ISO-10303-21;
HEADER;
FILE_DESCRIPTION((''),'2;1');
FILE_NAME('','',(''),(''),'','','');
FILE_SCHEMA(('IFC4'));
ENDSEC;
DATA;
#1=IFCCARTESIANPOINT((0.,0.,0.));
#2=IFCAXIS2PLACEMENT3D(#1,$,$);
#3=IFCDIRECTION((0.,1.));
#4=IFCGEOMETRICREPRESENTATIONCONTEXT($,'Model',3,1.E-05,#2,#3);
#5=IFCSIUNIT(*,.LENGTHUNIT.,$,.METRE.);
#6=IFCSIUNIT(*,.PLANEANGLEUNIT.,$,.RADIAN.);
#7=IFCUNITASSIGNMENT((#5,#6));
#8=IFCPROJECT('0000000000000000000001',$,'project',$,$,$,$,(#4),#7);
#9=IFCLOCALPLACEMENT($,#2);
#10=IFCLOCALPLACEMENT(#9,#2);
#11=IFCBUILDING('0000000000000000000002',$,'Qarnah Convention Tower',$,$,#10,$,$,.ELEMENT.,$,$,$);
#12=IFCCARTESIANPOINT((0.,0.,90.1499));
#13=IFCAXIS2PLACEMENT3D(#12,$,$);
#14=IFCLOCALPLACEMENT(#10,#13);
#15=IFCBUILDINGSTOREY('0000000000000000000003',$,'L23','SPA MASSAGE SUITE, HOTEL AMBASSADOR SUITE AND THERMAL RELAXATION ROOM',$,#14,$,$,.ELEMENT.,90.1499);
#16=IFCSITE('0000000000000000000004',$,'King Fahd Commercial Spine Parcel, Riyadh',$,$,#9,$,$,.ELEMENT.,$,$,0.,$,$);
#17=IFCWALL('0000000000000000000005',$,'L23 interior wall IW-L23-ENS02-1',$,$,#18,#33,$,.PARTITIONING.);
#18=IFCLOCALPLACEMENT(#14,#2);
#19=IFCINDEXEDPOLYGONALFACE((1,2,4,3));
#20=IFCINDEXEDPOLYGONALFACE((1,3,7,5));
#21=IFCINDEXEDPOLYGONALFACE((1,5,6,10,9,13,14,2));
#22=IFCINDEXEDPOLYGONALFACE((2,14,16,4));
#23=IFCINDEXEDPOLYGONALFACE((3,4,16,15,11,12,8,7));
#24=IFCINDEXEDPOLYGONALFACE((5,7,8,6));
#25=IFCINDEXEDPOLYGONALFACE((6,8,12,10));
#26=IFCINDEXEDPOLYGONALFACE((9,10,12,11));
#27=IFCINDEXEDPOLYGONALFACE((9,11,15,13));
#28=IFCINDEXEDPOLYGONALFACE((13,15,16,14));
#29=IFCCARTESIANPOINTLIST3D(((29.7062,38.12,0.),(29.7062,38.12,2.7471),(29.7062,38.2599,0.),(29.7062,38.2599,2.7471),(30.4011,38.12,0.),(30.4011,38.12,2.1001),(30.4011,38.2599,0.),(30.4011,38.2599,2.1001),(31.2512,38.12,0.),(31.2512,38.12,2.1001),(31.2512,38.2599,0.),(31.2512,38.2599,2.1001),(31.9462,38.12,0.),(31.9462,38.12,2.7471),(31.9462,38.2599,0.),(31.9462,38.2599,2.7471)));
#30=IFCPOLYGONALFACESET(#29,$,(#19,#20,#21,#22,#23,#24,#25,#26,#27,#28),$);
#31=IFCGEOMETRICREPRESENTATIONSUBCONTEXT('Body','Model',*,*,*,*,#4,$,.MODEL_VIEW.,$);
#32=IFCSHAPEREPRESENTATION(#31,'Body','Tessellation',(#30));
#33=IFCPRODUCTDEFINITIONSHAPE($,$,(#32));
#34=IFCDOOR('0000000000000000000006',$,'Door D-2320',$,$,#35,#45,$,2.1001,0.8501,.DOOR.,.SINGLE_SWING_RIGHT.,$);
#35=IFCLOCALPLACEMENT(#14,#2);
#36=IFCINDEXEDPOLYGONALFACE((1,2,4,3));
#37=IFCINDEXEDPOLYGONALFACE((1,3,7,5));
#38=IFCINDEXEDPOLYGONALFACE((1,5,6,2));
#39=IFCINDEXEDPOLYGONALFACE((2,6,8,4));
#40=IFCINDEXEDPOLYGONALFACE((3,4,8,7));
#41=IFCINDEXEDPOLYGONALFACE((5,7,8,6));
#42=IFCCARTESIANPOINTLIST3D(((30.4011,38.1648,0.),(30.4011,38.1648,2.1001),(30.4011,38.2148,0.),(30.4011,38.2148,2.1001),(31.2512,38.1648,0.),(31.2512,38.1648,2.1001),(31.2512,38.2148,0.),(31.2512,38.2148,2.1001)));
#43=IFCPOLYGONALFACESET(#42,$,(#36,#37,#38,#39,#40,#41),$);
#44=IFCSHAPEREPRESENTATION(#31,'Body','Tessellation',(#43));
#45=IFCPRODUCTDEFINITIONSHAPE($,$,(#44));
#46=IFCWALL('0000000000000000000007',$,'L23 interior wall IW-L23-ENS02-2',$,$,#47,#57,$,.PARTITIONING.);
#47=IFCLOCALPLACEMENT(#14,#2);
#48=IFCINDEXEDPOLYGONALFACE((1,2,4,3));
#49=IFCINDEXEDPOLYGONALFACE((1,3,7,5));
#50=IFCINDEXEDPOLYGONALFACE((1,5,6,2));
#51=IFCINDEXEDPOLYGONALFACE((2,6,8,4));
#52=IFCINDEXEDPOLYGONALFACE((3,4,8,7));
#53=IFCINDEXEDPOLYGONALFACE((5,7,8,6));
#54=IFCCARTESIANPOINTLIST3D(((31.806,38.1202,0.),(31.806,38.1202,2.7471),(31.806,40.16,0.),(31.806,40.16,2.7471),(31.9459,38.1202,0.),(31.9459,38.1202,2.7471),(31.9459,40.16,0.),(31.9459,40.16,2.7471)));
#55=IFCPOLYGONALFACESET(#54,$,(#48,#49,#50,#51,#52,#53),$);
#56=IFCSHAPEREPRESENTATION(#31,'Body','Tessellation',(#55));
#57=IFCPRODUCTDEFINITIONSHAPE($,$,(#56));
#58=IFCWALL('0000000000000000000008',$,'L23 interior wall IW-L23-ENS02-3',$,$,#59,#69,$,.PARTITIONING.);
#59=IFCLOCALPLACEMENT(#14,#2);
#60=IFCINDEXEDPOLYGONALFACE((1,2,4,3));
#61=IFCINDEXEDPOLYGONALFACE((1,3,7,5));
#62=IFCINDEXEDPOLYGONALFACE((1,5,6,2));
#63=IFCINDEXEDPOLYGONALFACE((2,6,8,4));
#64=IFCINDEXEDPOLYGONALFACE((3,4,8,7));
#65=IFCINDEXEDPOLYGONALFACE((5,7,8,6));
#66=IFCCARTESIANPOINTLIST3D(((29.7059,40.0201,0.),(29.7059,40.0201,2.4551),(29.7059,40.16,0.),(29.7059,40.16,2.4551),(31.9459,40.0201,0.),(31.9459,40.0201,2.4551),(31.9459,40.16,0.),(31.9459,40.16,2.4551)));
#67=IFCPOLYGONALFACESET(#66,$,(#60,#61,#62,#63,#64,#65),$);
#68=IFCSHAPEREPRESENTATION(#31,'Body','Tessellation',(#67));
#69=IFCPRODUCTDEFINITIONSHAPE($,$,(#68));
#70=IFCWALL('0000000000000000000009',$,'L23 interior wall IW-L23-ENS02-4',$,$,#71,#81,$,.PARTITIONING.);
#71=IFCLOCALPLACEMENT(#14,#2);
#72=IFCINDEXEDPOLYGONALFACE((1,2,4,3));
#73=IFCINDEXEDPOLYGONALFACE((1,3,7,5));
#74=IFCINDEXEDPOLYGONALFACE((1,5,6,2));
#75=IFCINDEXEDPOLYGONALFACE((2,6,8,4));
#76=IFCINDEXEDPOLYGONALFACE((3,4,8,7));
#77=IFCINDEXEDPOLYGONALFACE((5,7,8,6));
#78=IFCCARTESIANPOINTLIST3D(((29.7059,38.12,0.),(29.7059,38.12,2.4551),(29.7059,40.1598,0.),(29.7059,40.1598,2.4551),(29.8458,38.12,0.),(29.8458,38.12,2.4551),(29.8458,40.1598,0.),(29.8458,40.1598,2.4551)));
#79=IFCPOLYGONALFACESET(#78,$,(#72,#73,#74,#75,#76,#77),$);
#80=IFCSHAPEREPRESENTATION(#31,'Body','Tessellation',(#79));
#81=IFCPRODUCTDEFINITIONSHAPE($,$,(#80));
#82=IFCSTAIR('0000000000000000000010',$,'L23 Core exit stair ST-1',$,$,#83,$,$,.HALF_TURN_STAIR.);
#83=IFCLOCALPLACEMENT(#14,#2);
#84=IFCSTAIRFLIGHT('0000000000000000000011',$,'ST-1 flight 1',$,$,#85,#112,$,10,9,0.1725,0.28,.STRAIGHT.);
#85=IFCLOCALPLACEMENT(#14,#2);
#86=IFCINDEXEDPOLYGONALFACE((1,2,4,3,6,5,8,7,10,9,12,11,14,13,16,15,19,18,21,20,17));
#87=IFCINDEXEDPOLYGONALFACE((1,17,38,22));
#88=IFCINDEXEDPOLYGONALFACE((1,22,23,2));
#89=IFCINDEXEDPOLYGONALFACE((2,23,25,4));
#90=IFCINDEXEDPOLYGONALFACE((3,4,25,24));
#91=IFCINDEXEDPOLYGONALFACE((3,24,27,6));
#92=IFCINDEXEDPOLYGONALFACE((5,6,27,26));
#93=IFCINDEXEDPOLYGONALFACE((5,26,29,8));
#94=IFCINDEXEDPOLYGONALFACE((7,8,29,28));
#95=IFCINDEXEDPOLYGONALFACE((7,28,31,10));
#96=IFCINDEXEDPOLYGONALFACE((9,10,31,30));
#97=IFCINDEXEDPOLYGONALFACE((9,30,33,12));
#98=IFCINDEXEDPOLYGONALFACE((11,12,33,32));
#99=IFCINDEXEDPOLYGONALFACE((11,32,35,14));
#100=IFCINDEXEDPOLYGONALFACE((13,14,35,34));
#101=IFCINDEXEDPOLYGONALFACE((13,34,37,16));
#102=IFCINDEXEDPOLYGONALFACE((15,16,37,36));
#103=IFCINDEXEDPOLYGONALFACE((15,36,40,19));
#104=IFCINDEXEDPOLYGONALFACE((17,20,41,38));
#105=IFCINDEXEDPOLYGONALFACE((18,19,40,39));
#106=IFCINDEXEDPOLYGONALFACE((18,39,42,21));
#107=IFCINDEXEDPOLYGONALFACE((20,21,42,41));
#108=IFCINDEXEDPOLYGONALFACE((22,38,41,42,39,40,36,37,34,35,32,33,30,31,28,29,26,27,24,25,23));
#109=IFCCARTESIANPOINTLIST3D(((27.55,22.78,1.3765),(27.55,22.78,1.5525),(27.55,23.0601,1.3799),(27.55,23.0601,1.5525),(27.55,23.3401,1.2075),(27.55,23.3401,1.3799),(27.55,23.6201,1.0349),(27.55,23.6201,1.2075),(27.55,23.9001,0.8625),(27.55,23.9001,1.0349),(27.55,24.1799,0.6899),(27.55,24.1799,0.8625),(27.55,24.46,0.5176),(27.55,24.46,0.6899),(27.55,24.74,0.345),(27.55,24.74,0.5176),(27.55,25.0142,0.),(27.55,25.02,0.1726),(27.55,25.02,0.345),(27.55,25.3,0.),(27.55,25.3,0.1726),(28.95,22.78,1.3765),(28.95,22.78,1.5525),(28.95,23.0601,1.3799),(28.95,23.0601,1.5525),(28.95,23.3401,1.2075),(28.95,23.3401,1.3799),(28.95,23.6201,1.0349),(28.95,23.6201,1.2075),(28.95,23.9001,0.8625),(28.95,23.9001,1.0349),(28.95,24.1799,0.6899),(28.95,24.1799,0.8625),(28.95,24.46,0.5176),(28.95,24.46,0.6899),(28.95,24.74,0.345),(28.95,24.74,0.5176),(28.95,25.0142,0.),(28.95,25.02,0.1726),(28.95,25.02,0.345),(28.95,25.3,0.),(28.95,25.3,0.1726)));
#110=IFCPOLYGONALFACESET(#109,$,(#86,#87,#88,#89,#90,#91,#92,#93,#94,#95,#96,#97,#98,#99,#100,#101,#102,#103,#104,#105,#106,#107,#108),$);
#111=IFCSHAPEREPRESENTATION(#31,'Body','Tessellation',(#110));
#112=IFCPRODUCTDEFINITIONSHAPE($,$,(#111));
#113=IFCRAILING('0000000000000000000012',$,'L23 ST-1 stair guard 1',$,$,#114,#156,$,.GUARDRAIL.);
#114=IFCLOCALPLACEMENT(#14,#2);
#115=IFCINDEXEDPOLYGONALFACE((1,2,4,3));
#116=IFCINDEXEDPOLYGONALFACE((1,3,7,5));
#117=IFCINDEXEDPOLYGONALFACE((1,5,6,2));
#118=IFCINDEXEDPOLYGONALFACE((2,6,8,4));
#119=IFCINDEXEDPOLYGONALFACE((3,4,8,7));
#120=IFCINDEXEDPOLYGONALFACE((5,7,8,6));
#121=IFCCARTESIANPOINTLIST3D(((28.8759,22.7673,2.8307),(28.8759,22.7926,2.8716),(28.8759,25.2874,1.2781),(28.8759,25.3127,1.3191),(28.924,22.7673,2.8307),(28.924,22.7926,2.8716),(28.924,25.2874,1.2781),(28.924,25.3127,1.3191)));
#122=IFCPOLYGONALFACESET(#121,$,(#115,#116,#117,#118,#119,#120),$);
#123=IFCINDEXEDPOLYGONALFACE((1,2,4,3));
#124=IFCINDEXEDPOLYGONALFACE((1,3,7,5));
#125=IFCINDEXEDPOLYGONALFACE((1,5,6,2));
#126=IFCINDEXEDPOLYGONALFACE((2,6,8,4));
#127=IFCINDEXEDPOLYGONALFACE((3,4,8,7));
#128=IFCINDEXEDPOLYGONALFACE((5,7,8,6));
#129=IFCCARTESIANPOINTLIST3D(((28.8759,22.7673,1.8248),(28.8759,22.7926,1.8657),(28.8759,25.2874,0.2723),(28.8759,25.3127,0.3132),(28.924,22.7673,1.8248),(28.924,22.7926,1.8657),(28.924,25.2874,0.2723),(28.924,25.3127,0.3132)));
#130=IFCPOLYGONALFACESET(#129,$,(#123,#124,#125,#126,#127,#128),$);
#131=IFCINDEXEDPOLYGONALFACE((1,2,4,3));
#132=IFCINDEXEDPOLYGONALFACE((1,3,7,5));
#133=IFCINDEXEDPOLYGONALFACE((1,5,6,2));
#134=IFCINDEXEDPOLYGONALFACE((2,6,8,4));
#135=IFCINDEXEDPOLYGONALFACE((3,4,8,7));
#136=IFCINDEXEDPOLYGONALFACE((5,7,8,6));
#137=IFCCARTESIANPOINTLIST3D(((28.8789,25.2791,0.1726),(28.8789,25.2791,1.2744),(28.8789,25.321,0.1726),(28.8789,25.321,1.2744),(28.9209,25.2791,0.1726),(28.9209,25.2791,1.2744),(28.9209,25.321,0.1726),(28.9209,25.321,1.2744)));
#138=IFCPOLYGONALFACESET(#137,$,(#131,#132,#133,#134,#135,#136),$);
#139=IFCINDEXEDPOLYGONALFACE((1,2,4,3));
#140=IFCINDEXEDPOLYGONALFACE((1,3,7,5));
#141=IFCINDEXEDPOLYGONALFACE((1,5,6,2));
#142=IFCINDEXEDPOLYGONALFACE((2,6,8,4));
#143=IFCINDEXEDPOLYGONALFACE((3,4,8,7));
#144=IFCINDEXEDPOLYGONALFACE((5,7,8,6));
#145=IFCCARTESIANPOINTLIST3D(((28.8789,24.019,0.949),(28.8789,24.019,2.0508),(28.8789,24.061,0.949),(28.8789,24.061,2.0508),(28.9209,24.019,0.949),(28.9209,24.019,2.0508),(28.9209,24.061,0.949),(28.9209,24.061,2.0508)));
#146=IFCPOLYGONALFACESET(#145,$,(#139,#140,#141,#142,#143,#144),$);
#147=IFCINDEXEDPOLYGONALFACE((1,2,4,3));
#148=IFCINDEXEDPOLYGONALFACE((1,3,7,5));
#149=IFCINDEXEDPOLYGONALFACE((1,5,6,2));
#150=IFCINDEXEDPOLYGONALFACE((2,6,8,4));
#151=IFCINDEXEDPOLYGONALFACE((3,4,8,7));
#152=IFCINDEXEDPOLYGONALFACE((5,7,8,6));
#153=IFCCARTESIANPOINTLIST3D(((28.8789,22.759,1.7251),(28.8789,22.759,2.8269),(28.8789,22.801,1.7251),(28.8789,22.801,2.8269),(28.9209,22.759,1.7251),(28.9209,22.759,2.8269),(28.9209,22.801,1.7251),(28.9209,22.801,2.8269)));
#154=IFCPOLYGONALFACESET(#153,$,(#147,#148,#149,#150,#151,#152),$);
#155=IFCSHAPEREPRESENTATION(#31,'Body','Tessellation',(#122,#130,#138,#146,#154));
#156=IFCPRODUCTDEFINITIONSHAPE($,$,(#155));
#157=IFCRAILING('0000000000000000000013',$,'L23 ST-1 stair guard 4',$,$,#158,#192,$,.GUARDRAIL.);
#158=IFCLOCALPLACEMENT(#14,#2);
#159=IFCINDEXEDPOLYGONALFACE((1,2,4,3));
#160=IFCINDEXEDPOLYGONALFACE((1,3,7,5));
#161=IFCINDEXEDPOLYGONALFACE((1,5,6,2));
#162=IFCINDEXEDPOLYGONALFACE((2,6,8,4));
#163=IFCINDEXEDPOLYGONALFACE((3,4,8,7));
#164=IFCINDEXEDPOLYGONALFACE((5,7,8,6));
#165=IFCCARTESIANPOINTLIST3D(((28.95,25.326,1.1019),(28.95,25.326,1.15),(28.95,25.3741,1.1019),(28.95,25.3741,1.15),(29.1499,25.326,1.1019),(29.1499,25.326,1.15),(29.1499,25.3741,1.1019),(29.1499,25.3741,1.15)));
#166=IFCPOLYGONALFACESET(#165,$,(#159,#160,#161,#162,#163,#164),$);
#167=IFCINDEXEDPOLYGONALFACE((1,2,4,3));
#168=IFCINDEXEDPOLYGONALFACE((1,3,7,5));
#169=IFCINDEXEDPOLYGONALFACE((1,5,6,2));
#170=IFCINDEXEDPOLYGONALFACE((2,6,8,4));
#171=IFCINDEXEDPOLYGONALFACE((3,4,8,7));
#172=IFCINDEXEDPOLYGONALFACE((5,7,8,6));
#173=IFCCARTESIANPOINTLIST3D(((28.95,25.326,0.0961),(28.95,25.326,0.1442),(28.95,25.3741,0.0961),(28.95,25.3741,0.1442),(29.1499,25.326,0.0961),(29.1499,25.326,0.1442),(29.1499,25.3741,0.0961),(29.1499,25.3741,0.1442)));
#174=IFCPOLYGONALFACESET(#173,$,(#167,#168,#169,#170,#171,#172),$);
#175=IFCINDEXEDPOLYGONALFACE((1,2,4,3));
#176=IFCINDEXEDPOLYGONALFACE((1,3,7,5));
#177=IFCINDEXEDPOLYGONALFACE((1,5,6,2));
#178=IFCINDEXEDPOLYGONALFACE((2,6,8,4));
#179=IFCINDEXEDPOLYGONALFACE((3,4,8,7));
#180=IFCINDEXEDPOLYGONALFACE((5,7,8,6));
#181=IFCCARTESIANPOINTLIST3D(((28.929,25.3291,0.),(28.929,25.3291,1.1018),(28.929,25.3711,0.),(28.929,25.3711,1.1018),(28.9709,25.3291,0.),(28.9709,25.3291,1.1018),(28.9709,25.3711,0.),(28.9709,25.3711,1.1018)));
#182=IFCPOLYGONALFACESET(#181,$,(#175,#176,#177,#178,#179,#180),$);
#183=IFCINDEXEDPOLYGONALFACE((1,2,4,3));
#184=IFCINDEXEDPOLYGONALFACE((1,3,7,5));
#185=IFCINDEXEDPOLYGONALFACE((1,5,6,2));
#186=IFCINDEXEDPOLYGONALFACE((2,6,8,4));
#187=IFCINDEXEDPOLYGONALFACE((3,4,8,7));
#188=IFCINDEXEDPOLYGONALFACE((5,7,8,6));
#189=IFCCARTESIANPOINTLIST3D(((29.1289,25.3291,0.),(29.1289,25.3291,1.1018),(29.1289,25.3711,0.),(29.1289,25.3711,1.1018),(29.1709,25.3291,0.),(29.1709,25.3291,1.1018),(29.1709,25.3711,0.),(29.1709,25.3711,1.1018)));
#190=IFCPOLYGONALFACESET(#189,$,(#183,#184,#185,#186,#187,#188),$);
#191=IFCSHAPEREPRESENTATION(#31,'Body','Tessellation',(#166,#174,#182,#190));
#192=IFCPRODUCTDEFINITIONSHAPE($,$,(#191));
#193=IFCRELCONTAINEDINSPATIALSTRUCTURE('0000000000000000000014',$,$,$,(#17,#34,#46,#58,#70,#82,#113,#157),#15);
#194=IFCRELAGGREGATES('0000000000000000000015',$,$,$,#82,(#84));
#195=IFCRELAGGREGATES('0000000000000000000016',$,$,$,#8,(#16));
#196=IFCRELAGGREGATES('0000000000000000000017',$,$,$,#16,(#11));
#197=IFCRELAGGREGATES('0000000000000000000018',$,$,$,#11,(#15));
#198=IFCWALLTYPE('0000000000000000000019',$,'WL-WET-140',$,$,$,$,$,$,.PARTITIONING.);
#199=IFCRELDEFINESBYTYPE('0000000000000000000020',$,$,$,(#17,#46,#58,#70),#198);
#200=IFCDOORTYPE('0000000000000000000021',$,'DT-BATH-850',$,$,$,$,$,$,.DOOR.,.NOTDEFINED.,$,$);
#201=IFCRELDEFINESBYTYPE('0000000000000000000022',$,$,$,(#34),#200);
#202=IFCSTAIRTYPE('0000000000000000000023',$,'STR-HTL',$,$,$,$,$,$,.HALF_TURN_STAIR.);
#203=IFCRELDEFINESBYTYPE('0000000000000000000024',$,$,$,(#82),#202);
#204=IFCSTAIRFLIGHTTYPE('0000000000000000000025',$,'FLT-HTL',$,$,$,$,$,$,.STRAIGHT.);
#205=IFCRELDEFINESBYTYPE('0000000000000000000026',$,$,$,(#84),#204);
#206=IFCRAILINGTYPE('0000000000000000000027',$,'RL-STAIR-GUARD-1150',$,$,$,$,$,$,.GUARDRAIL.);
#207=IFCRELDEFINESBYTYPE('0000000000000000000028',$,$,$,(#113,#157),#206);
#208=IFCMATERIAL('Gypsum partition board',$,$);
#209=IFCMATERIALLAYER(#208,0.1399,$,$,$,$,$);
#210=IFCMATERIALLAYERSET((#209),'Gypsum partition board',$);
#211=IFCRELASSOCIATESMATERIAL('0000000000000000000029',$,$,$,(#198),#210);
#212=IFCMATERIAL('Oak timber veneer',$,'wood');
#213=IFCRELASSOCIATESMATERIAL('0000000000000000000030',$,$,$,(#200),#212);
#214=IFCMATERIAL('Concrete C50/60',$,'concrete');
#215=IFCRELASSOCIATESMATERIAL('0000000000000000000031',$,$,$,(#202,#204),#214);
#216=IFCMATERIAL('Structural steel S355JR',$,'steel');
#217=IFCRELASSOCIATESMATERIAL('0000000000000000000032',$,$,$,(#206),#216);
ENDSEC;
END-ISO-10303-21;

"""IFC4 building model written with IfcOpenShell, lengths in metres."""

from ifc_helpers import new_model, si_unit, direction, frame, frame_2d, origin, origin_2d, place, context, subcontext, project, spatial, polyline, rectangle, outline, extrude, material, layer, layer_set, type_object, element, fill, aggregate, save


model = new_model("IFC4")

# Units and contexts
model_context = context("Model", 3, precision=1e-05, world=origin(), true_north=direction((0.0, 1.0)))
body_context = subcontext(model_context, "Body", "Model", "MODEL_VIEW")
ifc_project = project(units=[si_unit("LENGTHUNIT", "METRE"), si_unit("PLANEANGLEUNIT", "RADIAN")], contexts=[model_context])

# Site, building, storey
site_placement = place(None, origin())
site = spatial("IfcSite", under=ifc_project, at=site_placement, Name="King Fahd Commercial Spine Parcel, Riyadh", CompositionType="ELEMENT", RefElevation=0.0)
building_placement = place(site_placement, origin())
building = spatial("IfcBuilding", under=site, at=building_placement, Name="Qarnah Convention Tower", CompositionType="ELEMENT")
storey_placement = place(building_placement, frame((0.0, 0.0, 90.1499)))
storey = spatial("IfcBuildingStorey", under=building, at=storey_placement, Name="L23", Description="SPA MASSAGE SUITE, HOTEL AMBASSADOR SUITE AND THERMAL RELAXATION ROOM", CompositionType="ELEMENT", Elevation=90.1499)

# Shared definitions
ifc_material_1 = material(Name="Structural steel S355JR", Category="steel")

# Shared definitions
ifc_material_2 = material(Name="Gypsum partition board")
ifc_material_3 = material(Name="Oak timber veneer", Category="wood")

# Wall, opening, door
ifc_layer_1 = layer(ifc_material_2, 0.1399)
ifc_layer_set_1 = layer_set([ifc_layer_1], Name="Gypsum partition board")
wall_type_1 = type_object("IfcWallType", Name="WL-WET-140", PredefinedType="PARTITIONING", material=ifc_layer_set_1)
wall_1_placement = place(storey_placement, frame((29.7061, 38.1899, 0.0), z_axis=(0.0, 0.0, 1.0), x_axis=(1.0, 0.0, 0.0)))
wall_1 = element("IfcWall", 1, at=wall_1_placement, inside=storey, type_object=wall_type_1, Name="L23 interior wall IW-L23-ENS02-1", PredefinedType="PARTITIONING", context=body_context, shape_type="SweptSolid", body=[
    extrude(rectangle(XDim=2.24, YDim=0.1399, at=frame_2d((1.1201, 0.0))), origin(), (0.0, 0.0, 1.0), 2.7471),
])
opening_1_placement = place(wall_1_placement, frame((0.6951, 0.0, 0.0)))
opening_1 = element("IfcOpeningElement", 2, at=opening_1_placement, cuts=wall_1, PredefinedType="OPENING", context=body_context, shape_type="SweptSolid", body=[
    extrude(rectangle(XDim=0.8501, YDim=2.1001, at=frame_2d((0.425, 1.05))), frame((0.0, 0.0798, 0.0), z_axis=(0.0, -1.0, 0.0), x_axis=(1.0, 0.0, 0.0)), (0.0, 0.0, 1.0), 0.1599),
])
door_type_1 = type_object("IfcDoorType", Name="DT-BATH-850", OperationType="NOTDEFINED", PredefinedType="DOOR", material=ifc_material_3)
door_1_placement = place(opening_1_placement, origin())
door_1 = element("IfcDoor", 3, at=door_1_placement, inside=storey, type_object=door_type_1, Name="Door D-2320", OperationType="SINGLE_SWING_RIGHT", OverallHeight=2.1001, OverallWidth=0.8501, PredefinedType="DOOR", context=body_context, shape_type="SweptSolid", body=[
    extrude(rectangle(XDim=0.8501, YDim=2.1001, at=frame_2d((0.425, 1.05))), frame((0.0, 0.0249, 0.0), z_axis=(0.0, -1.0, 0.0), x_axis=(1.0, 0.0, 0.0)), (0.0, 0.0, 1.0), 0.05),
])
fill(opening_1, door_1)

# Walls
wall_2_placement = place(storey_placement, frame((31.876, 38.1201, 0.0), z_axis=(0.0, 0.0, 1.0), x_axis=(0.0, 1.0, 0.0)))
element("IfcWall", 4, at=wall_2_placement, inside=storey, type_object=wall_type_1, Name="L23 interior wall IW-L23-ENS02-2", PredefinedType="PARTITIONING", context=body_context, shape_type="SweptSolid", body=[
    extrude(rectangle(XDim=2.0398, YDim=0.1399, at=frame_2d((1.02, 0.0))), origin(), (0.0, 0.0, 1.0), 2.7471),
])
wall_3_placement = place(storey_placement, frame((31.946, 40.0901, 0.0), z_axis=(0.0, 0.0, 1.0), x_axis=(-1.0, 0.0, 0.0)))
element("IfcWall", 5, at=wall_3_placement, inside=storey, type_object=wall_type_1, Name="L23 interior wall IW-L23-ENS02-3", PredefinedType="PARTITIONING", context=body_context, shape_type="SweptSolid", body=[
    extrude(rectangle(XDim=2.24, YDim=0.1399, at=frame_2d((1.1201, 0.0))), origin(), (0.0, 0.0, 1.0), 2.4551),
])
wall_4_placement = place(storey_placement, frame((29.7759, 40.1599, 0.0), z_axis=(0.0, 0.0, 1.0), x_axis=(0.0, -1.0, 0.0)))
element("IfcWall", 6, at=wall_4_placement, inside=storey, type_object=wall_type_1, Name="L23 interior wall IW-L23-ENS02-4", PredefinedType="PARTITIONING", context=body_context, shape_type="SweptSolid", body=[
    extrude(rectangle(XDim=2.0398, YDim=0.1399, at=frame_2d((1.02, 0.0))), origin(), (0.0, 0.0, 1.0), 2.4551),
])

# Stair, stair flight
ifc_material_4 = material(Name="Concrete C50/60", Category="concrete")
stair_type = type_object("IfcStairType", Name="STR-HTL", PredefinedType="HALF_TURN_STAIR", material=ifc_material_4)
stair_placement = place(storey_placement, origin())
stair = element("IfcStair", 7, at=stair_placement, inside=storey, type_object=stair_type, Name="L23 Core exit stair ST-1", PredefinedType="HALF_TURN_STAIR")
stair_flight_type = type_object("IfcStairFlightType", Name="FLT-HTL", PredefinedType="STRAIGHT", material=ifc_material_4)
stair_flight_placement = place(storey_placement, frame((28.25, 25.3, 0.0), z_axis=(0.0, 0.0, 1.0), x_axis=(0.0, -1.0, 0.0)))
stair_flight = element("IfcStairFlight", 8, at=stair_flight_placement, type_object=stair_flight_type, Name="ST-1 flight 1", NumberOfRisers=10, NumberOfTreads=9, PredefinedType="STRAIGHT", RiserHeight=0.1725, TreadLength=0.28, context=body_context, shape_type="SweptSolid", body=[
    extrude(outline(polyline([(0.0, 0.0), (0.0, 0.1726), (0.28, 0.1726), (0.28, 0.345), (0.5601, 0.345), (0.5601, 0.5176), (0.8401, 0.5176), (0.8401, 0.6899), (1.1201, 0.6899), (1.1201, 0.8625), (1.3999, 0.8625), (1.3999, 1.0349), (1.6799, 1.0349), (1.6799, 1.2075), (1.96, 1.2075), (1.96, 1.3799), (2.24, 1.3799), (2.24, 1.5525), (2.52, 1.5525), (2.52, 1.7251), (2.52, 1.3765), (0.2859, 0.0), (0.0, 0.0)])), frame((0.0, 0.7, 0.0), z_axis=(0.0, -1.0, 0.0), x_axis=(1.0, 0.0, 0.0)), (0.0, 0.0, 1.0), 1.3999),
])
aggregate(stair, [stair_flight])

# Railings
railing_type = type_object("IfcRailingType", Name="RL-STAIR-GUARD-1150", PredefinedType="GUARDRAIL", material=ifc_material_1)
railing_1_placement = place(storey_placement, frame((28.8999, 25.3, 0.1726)))
element("IfcRailing", 9, at=railing_1_placement, inside=storey, type_object=railing_type, Name="L23 ST-1 stair guard 1", PredefinedType="GUARDRAIL", context=body_context, shape_type="SweptSolid", body=[
    extrude(rectangle(XDim=0.0481, YDim=0.0481, at=origin_2d()), frame((0.0, 0.0, 1.126), z_axis=(0.0, -0.8514, 0.524516), x_axis=(1.0, 0.0, 0.0)), (0.0, 0.0, 1.0), 2.96),
    extrude(rectangle(XDim=0.0481, YDim=0.0481, at=origin_2d()), frame((0.0, 0.0, 0.1201), z_axis=(0.0, -0.8514, 0.524516), x_axis=(1.0, 0.0, 0.0)), (0.0, 0.0, 1.0), 2.96),
    extrude(rectangle(XDim=0.042, YDim=0.042, at=origin_2d()), origin(), (0.0, 0.0, 1.0), 1.1018),
    extrude(rectangle(XDim=0.042, YDim=0.042, at=origin_2d()), frame((0.0, -1.26, 0.7764)), (0.0, 0.0, 1.0), 1.1018),
    extrude(rectangle(XDim=0.042, YDim=0.042, at=origin_2d()), frame((0.0, -2.52, 1.5525)), (0.0, 0.0, 1.0), 1.1018),
])
railing_2_placement = place(storey_placement, frame((28.95, 25.3501, 0.0)))
element("IfcRailing", 10, at=railing_2_placement, inside=storey, type_object=railing_type, Name="L23 ST-1 stair guard 4", PredefinedType="GUARDRAIL", context=body_context, shape_type="SweptSolid", body=[
    extrude(rectangle(XDim=0.0481, YDim=0.0481, at=origin_2d()), frame((0.0, 0.0, 1.126), z_axis=(1.0, 0.0, 0.0), x_axis=(0.0, 1.0, 0.0)), (0.0, 0.0, 1.0), 0.2),
    extrude(rectangle(XDim=0.0481, YDim=0.0481, at=origin_2d()), frame((0.0, 0.0, 0.1201), z_axis=(1.0, 0.0, 0.0), x_axis=(0.0, 1.0, 0.0)), (0.0, 0.0, 1.0), 0.2),
    extrude(rectangle(XDim=0.042, YDim=0.042, at=origin_2d()), origin(), (0.0, 0.0, 1.0), 1.1018),
    extrude(rectangle(XDim=0.042, YDim=0.042, at=origin_2d()), frame((0.2, 0.0, 0.0)), (0.0, 0.0, 1.0), 1.1018),
])

save(model, "model.ifc")
